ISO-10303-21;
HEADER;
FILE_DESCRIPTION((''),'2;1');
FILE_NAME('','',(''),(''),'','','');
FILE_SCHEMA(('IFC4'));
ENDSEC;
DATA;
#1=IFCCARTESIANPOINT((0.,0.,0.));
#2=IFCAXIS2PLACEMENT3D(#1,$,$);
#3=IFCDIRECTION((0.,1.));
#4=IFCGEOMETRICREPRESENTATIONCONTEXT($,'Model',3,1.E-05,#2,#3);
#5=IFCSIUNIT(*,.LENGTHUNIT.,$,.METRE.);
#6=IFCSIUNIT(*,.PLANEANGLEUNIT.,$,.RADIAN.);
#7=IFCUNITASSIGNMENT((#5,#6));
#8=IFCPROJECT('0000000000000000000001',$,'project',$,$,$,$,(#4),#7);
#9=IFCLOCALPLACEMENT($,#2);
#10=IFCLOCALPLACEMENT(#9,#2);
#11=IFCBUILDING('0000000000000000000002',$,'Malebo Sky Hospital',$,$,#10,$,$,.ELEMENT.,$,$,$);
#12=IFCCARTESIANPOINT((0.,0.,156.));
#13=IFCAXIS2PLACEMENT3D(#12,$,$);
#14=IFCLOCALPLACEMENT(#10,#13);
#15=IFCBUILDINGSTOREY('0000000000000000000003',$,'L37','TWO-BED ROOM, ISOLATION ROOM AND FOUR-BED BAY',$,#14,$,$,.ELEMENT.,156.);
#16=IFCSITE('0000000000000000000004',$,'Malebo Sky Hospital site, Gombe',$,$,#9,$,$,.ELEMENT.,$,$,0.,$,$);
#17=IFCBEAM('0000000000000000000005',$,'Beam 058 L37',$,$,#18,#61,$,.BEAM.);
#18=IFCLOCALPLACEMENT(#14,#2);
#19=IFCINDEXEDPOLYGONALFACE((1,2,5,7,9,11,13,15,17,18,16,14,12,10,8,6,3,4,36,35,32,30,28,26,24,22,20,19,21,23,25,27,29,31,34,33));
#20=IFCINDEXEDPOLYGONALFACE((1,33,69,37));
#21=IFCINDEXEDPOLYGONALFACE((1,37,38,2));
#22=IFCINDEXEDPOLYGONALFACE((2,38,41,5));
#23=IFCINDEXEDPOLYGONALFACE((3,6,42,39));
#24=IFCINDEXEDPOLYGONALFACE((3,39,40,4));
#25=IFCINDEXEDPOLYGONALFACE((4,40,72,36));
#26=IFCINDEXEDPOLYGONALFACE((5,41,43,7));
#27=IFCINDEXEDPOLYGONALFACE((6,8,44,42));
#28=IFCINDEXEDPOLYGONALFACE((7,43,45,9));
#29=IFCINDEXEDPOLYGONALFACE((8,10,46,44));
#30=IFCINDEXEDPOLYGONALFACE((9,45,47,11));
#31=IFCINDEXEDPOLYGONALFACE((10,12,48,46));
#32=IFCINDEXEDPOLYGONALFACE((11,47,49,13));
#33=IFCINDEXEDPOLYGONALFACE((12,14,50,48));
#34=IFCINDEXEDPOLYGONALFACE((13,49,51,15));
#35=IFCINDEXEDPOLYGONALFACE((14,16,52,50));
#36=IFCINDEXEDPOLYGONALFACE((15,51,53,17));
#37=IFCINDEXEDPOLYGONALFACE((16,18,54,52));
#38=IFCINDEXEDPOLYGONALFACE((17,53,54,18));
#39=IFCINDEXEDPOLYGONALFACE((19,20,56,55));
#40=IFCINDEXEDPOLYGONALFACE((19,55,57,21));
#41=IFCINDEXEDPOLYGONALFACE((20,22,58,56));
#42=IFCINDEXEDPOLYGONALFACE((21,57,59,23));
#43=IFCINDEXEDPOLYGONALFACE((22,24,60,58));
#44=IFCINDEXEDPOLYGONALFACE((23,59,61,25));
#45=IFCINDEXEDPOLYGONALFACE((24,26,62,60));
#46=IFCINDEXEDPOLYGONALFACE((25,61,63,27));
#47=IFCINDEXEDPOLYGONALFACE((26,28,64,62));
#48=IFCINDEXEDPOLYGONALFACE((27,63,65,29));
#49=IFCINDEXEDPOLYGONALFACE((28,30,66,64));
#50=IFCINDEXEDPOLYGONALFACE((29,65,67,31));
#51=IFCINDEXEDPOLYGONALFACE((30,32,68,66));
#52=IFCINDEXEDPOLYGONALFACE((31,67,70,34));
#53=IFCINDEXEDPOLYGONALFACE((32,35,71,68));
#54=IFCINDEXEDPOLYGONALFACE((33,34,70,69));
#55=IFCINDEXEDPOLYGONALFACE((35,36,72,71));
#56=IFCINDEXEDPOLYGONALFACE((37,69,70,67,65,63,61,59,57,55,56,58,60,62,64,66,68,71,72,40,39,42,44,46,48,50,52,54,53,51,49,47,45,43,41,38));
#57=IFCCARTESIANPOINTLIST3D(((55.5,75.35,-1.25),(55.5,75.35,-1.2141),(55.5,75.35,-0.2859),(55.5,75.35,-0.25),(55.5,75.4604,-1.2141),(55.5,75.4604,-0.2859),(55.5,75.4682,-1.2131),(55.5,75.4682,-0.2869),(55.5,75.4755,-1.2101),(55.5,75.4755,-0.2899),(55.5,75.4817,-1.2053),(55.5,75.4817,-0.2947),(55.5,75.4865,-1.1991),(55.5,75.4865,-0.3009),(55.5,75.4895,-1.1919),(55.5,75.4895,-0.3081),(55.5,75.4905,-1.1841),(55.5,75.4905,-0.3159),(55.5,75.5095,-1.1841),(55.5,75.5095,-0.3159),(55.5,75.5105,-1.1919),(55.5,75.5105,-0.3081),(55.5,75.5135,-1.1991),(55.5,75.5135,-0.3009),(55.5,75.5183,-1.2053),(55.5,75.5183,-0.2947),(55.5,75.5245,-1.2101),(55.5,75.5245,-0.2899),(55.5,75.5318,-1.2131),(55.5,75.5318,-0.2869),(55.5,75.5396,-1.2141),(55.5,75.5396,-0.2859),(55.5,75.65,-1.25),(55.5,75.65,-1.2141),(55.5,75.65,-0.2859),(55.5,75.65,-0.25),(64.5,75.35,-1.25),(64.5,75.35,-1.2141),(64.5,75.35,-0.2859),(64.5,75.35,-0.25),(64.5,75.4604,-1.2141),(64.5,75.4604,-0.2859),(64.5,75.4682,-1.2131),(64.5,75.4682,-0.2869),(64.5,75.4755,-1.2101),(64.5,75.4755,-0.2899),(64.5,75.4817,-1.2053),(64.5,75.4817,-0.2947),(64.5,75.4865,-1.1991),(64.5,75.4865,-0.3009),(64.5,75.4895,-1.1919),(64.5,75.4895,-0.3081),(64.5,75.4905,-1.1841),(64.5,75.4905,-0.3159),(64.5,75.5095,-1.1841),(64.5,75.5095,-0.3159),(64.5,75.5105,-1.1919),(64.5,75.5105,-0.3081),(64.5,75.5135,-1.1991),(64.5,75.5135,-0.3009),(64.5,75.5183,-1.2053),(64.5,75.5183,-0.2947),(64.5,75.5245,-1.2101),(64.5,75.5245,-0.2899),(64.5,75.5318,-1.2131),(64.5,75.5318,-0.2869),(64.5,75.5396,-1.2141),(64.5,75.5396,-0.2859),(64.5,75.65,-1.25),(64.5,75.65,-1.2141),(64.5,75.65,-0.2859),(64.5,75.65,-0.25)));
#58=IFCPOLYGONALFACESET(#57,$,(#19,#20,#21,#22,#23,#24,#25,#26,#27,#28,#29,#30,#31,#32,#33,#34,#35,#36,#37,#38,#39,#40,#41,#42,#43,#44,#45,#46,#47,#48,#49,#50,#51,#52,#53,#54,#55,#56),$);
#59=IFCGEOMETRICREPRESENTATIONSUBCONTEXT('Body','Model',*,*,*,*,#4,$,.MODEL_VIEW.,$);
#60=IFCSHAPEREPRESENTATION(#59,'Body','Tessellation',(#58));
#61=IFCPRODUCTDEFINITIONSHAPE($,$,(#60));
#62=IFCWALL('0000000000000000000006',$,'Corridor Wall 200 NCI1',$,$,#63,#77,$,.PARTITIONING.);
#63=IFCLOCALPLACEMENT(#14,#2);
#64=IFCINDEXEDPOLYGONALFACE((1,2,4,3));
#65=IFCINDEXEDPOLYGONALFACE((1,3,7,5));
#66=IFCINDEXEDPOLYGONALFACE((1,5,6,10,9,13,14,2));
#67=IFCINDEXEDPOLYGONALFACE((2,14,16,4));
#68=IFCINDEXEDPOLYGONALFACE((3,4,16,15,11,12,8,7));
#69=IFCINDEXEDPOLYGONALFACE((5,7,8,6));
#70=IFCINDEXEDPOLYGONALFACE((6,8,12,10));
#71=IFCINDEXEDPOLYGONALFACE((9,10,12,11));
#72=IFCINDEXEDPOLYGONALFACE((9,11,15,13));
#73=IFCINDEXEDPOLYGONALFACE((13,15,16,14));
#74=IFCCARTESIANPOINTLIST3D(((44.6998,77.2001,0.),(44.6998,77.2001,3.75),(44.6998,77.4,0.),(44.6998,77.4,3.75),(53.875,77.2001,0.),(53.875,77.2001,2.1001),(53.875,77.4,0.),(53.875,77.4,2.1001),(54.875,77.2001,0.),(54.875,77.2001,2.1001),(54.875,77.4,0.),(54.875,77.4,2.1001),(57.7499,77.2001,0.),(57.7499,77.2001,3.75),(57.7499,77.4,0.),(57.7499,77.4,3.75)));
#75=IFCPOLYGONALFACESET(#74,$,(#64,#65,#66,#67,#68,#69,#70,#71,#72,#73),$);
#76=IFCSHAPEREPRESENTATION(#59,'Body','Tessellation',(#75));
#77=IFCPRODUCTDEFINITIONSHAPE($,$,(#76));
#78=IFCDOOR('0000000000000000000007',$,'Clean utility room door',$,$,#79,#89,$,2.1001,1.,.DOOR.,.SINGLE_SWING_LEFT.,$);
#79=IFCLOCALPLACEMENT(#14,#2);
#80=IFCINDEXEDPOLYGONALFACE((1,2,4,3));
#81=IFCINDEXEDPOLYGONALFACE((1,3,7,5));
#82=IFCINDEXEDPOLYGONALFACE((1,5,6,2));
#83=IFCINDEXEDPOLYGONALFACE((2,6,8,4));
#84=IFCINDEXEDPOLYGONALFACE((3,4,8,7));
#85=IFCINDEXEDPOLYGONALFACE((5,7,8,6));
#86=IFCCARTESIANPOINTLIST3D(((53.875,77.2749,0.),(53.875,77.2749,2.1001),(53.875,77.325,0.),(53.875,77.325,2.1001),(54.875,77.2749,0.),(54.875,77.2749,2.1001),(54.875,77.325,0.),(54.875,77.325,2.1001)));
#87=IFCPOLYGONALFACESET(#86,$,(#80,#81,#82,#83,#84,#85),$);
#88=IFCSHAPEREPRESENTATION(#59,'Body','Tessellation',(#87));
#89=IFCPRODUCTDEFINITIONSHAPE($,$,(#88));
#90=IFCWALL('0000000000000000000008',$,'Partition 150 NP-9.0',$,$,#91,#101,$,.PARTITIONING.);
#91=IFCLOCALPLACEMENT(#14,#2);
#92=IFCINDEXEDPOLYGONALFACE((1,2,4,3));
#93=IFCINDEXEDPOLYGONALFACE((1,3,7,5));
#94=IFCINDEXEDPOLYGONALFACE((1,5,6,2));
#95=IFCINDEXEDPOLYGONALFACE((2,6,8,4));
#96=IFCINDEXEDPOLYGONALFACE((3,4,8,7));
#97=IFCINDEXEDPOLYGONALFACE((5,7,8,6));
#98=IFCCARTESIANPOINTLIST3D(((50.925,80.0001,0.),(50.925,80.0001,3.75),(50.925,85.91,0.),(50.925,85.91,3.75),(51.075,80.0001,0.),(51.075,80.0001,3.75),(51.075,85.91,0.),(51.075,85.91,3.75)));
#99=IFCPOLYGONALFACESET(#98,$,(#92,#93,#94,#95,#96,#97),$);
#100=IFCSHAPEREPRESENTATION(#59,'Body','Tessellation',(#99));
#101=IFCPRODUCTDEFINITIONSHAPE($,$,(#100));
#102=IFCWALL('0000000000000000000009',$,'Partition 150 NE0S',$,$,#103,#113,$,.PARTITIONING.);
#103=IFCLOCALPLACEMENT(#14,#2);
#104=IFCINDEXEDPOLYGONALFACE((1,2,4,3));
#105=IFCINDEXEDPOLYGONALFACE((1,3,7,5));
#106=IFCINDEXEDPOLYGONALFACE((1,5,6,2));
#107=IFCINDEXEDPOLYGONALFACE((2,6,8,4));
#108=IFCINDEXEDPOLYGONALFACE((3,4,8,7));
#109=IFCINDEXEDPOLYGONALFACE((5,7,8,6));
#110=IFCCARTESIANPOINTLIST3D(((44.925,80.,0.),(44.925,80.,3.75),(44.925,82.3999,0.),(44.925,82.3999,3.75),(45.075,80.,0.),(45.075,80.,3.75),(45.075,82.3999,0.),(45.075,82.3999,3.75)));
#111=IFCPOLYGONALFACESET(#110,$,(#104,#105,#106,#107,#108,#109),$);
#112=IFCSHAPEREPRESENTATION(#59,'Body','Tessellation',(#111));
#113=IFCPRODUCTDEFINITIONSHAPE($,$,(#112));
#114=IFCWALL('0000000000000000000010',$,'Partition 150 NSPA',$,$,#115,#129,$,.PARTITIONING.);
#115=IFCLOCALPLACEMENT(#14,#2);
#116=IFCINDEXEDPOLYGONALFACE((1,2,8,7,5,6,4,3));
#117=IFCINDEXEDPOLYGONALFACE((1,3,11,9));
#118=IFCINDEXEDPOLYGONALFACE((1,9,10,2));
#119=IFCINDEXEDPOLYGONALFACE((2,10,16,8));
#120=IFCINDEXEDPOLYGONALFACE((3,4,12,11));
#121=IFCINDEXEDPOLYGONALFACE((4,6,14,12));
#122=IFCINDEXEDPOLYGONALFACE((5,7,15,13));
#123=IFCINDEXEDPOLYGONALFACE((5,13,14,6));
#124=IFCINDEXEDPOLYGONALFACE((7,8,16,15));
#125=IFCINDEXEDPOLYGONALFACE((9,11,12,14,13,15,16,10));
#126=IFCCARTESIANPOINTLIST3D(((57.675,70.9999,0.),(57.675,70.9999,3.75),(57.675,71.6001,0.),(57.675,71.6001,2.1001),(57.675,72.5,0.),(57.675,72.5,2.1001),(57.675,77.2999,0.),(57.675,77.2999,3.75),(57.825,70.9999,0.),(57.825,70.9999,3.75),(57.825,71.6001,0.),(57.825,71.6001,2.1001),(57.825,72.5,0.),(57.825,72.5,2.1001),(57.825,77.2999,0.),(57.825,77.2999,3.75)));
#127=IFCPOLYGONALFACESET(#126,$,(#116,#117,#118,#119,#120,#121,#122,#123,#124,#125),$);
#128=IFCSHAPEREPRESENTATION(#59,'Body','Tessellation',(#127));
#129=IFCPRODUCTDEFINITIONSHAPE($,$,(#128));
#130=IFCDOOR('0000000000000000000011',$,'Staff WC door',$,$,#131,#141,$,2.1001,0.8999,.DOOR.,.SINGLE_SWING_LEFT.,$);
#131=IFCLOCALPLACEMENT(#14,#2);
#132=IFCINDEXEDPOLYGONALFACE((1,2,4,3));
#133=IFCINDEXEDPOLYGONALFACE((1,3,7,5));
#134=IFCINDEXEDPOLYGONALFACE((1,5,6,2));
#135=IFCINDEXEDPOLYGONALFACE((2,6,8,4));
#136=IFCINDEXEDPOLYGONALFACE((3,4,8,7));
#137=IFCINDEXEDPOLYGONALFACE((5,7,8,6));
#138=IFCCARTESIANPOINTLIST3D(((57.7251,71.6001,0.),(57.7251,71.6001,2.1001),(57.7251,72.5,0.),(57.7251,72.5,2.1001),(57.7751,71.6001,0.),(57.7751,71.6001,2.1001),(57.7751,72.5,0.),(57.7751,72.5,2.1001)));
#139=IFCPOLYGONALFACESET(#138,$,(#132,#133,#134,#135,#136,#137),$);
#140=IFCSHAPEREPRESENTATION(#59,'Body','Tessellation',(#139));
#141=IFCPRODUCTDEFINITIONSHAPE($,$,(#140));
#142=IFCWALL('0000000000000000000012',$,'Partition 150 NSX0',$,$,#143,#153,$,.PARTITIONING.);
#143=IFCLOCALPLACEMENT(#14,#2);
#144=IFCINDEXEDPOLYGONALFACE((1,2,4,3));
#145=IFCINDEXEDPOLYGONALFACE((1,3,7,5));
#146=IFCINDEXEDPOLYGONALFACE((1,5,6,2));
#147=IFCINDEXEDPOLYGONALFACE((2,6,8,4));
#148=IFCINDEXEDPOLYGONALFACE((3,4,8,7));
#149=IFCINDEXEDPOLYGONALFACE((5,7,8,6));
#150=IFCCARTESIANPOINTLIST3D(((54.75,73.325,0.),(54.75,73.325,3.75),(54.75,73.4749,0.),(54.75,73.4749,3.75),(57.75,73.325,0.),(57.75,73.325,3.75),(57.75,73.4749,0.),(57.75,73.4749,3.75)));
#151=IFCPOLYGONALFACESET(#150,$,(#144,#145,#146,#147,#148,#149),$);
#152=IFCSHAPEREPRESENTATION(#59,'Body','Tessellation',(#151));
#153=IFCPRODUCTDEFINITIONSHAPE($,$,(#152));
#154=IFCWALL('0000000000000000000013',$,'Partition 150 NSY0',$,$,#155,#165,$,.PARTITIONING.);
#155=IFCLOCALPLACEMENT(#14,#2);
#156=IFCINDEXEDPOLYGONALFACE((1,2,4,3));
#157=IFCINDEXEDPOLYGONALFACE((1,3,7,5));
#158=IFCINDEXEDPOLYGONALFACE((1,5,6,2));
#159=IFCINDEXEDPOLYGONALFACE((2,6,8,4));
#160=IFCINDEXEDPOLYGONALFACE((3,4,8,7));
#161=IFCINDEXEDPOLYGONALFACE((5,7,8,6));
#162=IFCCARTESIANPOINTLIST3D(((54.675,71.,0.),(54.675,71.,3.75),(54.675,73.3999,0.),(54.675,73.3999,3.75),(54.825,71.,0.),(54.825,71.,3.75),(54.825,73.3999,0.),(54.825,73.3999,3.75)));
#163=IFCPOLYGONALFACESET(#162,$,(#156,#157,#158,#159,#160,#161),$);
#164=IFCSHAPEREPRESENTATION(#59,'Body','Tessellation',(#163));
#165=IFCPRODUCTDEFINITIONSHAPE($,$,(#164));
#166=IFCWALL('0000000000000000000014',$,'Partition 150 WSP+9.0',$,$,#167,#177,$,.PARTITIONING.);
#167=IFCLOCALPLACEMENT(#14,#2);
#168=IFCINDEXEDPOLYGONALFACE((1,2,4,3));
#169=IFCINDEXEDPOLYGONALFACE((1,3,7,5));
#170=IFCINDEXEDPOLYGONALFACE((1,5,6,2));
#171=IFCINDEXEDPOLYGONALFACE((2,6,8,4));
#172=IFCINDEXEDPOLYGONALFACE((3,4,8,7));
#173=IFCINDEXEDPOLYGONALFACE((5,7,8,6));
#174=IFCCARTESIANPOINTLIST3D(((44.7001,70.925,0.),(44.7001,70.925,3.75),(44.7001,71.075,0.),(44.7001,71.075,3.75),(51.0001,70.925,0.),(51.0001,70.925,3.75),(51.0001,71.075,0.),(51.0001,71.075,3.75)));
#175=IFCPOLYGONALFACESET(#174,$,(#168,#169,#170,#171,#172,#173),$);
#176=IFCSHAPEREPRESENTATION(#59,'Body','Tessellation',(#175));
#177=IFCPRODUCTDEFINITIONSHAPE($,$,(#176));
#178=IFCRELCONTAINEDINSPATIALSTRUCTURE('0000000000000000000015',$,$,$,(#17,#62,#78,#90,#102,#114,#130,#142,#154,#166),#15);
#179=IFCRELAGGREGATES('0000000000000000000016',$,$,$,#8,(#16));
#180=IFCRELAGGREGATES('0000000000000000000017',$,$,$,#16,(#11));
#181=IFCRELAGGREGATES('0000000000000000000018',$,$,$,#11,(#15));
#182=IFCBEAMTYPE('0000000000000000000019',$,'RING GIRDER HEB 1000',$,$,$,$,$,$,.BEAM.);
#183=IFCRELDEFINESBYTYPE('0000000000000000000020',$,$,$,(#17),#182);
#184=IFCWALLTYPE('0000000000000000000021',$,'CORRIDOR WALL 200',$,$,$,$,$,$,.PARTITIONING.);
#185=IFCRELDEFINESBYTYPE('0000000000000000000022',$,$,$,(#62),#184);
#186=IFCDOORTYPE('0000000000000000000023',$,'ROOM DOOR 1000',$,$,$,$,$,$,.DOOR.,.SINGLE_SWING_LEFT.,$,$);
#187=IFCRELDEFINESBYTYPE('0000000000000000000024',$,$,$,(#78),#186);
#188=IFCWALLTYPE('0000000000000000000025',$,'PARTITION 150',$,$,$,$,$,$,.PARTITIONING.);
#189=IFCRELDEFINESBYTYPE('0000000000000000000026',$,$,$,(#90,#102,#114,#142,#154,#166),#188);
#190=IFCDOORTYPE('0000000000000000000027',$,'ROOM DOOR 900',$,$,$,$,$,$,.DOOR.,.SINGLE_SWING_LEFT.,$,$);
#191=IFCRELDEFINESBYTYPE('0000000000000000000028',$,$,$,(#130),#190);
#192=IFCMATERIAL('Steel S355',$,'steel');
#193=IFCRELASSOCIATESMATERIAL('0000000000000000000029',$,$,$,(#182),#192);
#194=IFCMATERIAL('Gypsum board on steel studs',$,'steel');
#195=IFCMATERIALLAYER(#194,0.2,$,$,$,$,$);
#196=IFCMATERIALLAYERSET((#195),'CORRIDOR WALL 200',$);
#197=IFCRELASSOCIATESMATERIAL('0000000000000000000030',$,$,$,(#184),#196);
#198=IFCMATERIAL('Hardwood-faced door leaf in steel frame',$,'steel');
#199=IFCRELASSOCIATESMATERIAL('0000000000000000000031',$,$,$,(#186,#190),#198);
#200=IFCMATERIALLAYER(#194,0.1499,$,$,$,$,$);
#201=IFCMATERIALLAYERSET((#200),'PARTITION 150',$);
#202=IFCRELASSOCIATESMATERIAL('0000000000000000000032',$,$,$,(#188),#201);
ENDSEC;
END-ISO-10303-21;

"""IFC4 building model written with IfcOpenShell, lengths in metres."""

from ifc_helpers import new_model, si_unit, direction, frame, frame_2d, origin, origin_2d, place, context, subcontext, project, spatial, rectangle, i_section, extrude, material, layer, layer_set, material_profile, profile_set, type_object, element, fill, save


model = new_model("IFC4")

# Units and contexts
model_context = context("Model", 3, precision=1e-05, world=origin(), true_north=direction((0.0, 1.0)))
body_context = subcontext(model_context, "Body", "Model", "MODEL_VIEW")
ifc_project = project(units=[si_unit("LENGTHUNIT", "METRE"), si_unit("PLANEANGLEUNIT", "RADIAN")], contexts=[model_context])

# Site, building, storey
site_placement = place(None, origin())
site = spatial("IfcSite", under=ifc_project, at=site_placement, Name="Malebo Sky Hospital site, Gombe", CompositionType="ELEMENT", RefElevation=0.0)
building_placement = place(site_placement, origin())
building = spatial("IfcBuilding", under=site, at=building_placement, Name="Malebo Sky Hospital", CompositionType="ELEMENT")
storey_placement = place(building_placement, frame((0.0, 0.0, 156.0)))
storey = spatial("IfcBuildingStorey", under=building, at=storey_placement, Name="L37", Description="TWO-BED ROOM, ISOLATION ROOM AND FOUR-BED BAY", CompositionType="ELEMENT", Elevation=156.0)

# Beam
ifc_material_1 = material(Name="Steel S355", Category="steel")
ifc_material_profile_1 = material_profile(ifc_material_1, i_section(OverallWidth=0.3, OverallDepth=1.0, WebThickness=0.019, FlangeThickness=0.0359, FilletRadius=0.03, at=origin_2d()), Name="HEB 1000")
ifc_profile_set_1 = profile_set([ifc_material_profile_1], Name="Steel S355")
beam_type_1 = type_object("IfcBeamType", Name="RING GIRDER HEB 1000", PredefinedType="BEAM", material=ifc_profile_set_1)
beam_1_placement = place(storey_placement, frame((55.5, 75.5, -0.75), z_axis=(1.0, 0.0, 0.0), x_axis=(0.0, 1.0, 0.0)))
element("IfcBeam", 1, at=beam_1_placement, inside=storey, type_object=beam_type_1, Name="Beam 058 L37", PredefinedType="BEAM", context=body_context, shape_type="SweptSolid", body=[
    extrude(i_section(OverallWidth=0.3, OverallDepth=1.0, WebThickness=0.019, FlangeThickness=0.0359, FilletRadius=0.03, at=origin_2d()), origin(), (0.0, 0.0, 1.0), 9.0),
])

# Wall, opening, door
ifc_material_2 = material(Name="Gypsum board on steel studs", Category="steel")
ifc_layer_1 = layer(ifc_material_2, 0.2)
ifc_layer_set_1 = layer_set([ifc_layer_1], Name="CORRIDOR WALL 200")
wall_type_1 = type_object("IfcWallType", Name="CORRIDOR WALL 200", PredefinedType="PARTITIONING", material=ifc_layer_set_1)
wall_1_placement = place(storey_placement, frame((44.7, 77.3, 0.0), z_axis=(0.0, 0.0, 1.0), x_axis=(1.0, 0.0, 0.0)))
wall_1 = element("IfcWall", 2, at=wall_1_placement, inside=storey, type_object=wall_type_1, Name="Corridor Wall 200 NCI1", PredefinedType="PARTITIONING", context=body_context, shape_type="SweptSolid", body=[
    extrude(rectangle(XDim=13.05, YDim=0.2, at=frame_2d((6.5249, 0.0))), origin(), (0.0, 0.0, 1.0), 3.75),
])
opening_1_placement = place(wall_1_placement, frame((9.175, 0.0, 0.0)))
opening_1 = element("IfcOpeningElement", 3, at=opening_1_placement, cuts=wall_1, PredefinedType="OPENING", context=body_context, shape_type="SweptSolid", body=[
    extrude(rectangle(XDim=1.0, YDim=2.1001, at=frame_2d((0.5, 1.05))), frame((0.0, 0.1099, 0.0), z_axis=(0.0, -1.0, 0.0), x_axis=(1.0, 0.0, 0.0)), (0.0, 0.0, 1.0), 0.22),
])
ifc_material_3 = material(Name="Hardwood-faced door leaf in steel frame", Category="steel")
door_type_1 = type_object("IfcDoorType", Name="ROOM DOOR 1000", OperationType="SINGLE_SWING_LEFT", PredefinedType="DOOR", material=ifc_material_3)
door_1_placement = place(opening_1_placement, origin())
door_1 = element("IfcDoor", 4, at=door_1_placement, inside=storey, type_object=door_type_1, Name="Clean utility room door", OperationType="SINGLE_SWING_LEFT", OverallHeight=2.1001, OverallWidth=1.0, PredefinedType="DOOR", context=body_context, shape_type="SweptSolid", body=[
    extrude(rectangle(XDim=1.0, YDim=2.1001, at=frame_2d((0.5, 1.05))), frame((0.0, 0.0249, 0.0), z_axis=(0.0, -1.0, 0.0), x_axis=(1.0, 0.0, 0.0)), (0.0, 0.0, 1.0), 0.05),
])
fill(opening_1, door_1)

# Walls
ifc_layer_2 = layer(ifc_material_2, 0.1499)
ifc_layer_set_2 = layer_set([ifc_layer_2], Name="PARTITION 150")
wall_type_2 = type_object("IfcWallType", Name="PARTITION 150", PredefinedType="PARTITIONING", material=ifc_layer_set_2)
wall_2_placement = place(storey_placement, frame((51.0, 80.0, 0.0), z_axis=(0.0, 0.0, 1.0), x_axis=(0.0, 1.0, 0.0)))
element("IfcWall", 5, at=wall_2_placement, inside=storey, type_object=wall_type_2, Name="Partition 150 NP-9.0", PredefinedType="PARTITIONING", context=body_context, shape_type="SweptSolid", body=[
    extrude(rectangle(XDim=5.9099, YDim=0.1499, at=frame_2d((2.9551, 0.0))), origin(), (0.0, 0.0, 1.0), 3.75),
])
wall_3_placement = place(storey_placement, frame((45.0, 80.0, 0.0), z_axis=(0.0, 0.0, 1.0), x_axis=(0.0, 1.0, 0.0)))
element("IfcWall", 6, at=wall_3_placement, inside=storey, type_object=wall_type_2, Name="Partition 150 NE0S", PredefinedType="PARTITIONING", context=body_context, shape_type="SweptSolid", body=[
    extrude(rectangle(XDim=2.3999, YDim=0.1499, at=frame_2d((1.2, 0.0))), origin(), (0.0, 0.0, 1.0), 3.75),
])

# Wall, opening, door
wall_4_placement = place(storey_placement, frame((57.75, 71.0, 0.0), z_axis=(0.0, 0.0, 1.0), x_axis=(0.0, 1.0, 0.0)))
wall_4 = element("IfcWall", 7, at=wall_4_placement, inside=storey, type_object=wall_type_2, Name="Partition 150 NSPA", PredefinedType="PARTITIONING", context=body_context, shape_type="SweptSolid", body=[
    extrude(rectangle(XDim=6.3, YDim=0.1499, at=frame_2d((3.1499, 0.0))), origin(), (0.0, 0.0, 1.0), 3.75),
])
opening_2_placement = place(wall_4_placement, frame((0.6001, 0.0, 0.0)))
opening_2 = element("IfcOpeningElement", 8, at=opening_2_placement, cuts=wall_4, PredefinedType="OPENING", context=body_context, shape_type="SweptSolid", body=[
    extrude(rectangle(XDim=0.8999, YDim=2.1001, at=frame_2d((0.45, 1.05))), frame((0.0, 0.085, 0.0), z_axis=(0.0, -1.0, 0.0), x_axis=(1.0, 0.0, 0.0)), (0.0, 0.0, 1.0), 0.1699),
])
door_type_2 = type_object("IfcDoorType", Name="ROOM DOOR 900", OperationType="SINGLE_SWING_LEFT", PredefinedType="DOOR", material=ifc_material_3)
door_2_placement = place(opening_2_placement, origin())
door_2 = element("IfcDoor", 9, at=door_2_placement, inside=storey, type_object=door_type_2, Name="Staff WC door", OperationType="SINGLE_SWING_LEFT", OverallHeight=2.1001, OverallWidth=0.8999, PredefinedType="DOOR", context=body_context, shape_type="SweptSolid", body=[
    extrude(rectangle(XDim=0.8999, YDim=2.1001, at=frame_2d((0.45, 1.05))), frame((0.0, 0.0249, 0.0), z_axis=(0.0, -1.0, 0.0), x_axis=(1.0, 0.0, 0.0)), (0.0, 0.0, 1.0), 0.05),
])
fill(opening_2, door_2)

# Walls
wall_5_placement = place(storey_placement, frame((54.75, 73.3999, 0.0), z_axis=(0.0, 0.0, 1.0), x_axis=(1.0, 0.0, 0.0)))
element("IfcWall", 10, at=wall_5_placement, inside=storey, type_object=wall_type_2, Name="Partition 150 NSX0", PredefinedType="PARTITIONING", context=body_context, shape_type="SweptSolid", body=[
    extrude(rectangle(XDim=3.0, YDim=0.1499, at=frame_2d((1.5, 0.0))), origin(), (0.0, 0.0, 1.0), 3.75),
])
wall_6_placement = place(storey_placement, frame((54.75, 71.0, 0.0), z_axis=(0.0, 0.0, 1.0), x_axis=(0.0, 1.0, 0.0)))
element("IfcWall", 11, at=wall_6_placement, inside=storey, type_object=wall_type_2, Name="Partition 150 NSY0", PredefinedType="PARTITIONING", context=body_context, shape_type="SweptSolid", body=[
    extrude(rectangle(XDim=2.3999, YDim=0.1499, at=frame_2d((1.2, 0.0))), origin(), (0.0, 0.0, 1.0), 3.75),
])
wall_7_placement = place(storey_placement, frame((51.0, 71.0, 0.0), z_axis=(0.0, 0.0, 1.0), x_axis=(-1.0, 0.0, 0.0)))
element("IfcWall", 12, at=wall_7_placement, inside=storey, type_object=wall_type_2, Name="Partition 150 WSP+9.0", PredefinedType="PARTITIONING", context=body_context, shape_type="SweptSolid", body=[
    extrude(rectangle(XDim=6.3, YDim=0.1499, at=frame_2d((3.1499, 0.0))), origin(), (0.0, 0.0, 1.0), 3.75),
])

save(model, "model.ifc")
